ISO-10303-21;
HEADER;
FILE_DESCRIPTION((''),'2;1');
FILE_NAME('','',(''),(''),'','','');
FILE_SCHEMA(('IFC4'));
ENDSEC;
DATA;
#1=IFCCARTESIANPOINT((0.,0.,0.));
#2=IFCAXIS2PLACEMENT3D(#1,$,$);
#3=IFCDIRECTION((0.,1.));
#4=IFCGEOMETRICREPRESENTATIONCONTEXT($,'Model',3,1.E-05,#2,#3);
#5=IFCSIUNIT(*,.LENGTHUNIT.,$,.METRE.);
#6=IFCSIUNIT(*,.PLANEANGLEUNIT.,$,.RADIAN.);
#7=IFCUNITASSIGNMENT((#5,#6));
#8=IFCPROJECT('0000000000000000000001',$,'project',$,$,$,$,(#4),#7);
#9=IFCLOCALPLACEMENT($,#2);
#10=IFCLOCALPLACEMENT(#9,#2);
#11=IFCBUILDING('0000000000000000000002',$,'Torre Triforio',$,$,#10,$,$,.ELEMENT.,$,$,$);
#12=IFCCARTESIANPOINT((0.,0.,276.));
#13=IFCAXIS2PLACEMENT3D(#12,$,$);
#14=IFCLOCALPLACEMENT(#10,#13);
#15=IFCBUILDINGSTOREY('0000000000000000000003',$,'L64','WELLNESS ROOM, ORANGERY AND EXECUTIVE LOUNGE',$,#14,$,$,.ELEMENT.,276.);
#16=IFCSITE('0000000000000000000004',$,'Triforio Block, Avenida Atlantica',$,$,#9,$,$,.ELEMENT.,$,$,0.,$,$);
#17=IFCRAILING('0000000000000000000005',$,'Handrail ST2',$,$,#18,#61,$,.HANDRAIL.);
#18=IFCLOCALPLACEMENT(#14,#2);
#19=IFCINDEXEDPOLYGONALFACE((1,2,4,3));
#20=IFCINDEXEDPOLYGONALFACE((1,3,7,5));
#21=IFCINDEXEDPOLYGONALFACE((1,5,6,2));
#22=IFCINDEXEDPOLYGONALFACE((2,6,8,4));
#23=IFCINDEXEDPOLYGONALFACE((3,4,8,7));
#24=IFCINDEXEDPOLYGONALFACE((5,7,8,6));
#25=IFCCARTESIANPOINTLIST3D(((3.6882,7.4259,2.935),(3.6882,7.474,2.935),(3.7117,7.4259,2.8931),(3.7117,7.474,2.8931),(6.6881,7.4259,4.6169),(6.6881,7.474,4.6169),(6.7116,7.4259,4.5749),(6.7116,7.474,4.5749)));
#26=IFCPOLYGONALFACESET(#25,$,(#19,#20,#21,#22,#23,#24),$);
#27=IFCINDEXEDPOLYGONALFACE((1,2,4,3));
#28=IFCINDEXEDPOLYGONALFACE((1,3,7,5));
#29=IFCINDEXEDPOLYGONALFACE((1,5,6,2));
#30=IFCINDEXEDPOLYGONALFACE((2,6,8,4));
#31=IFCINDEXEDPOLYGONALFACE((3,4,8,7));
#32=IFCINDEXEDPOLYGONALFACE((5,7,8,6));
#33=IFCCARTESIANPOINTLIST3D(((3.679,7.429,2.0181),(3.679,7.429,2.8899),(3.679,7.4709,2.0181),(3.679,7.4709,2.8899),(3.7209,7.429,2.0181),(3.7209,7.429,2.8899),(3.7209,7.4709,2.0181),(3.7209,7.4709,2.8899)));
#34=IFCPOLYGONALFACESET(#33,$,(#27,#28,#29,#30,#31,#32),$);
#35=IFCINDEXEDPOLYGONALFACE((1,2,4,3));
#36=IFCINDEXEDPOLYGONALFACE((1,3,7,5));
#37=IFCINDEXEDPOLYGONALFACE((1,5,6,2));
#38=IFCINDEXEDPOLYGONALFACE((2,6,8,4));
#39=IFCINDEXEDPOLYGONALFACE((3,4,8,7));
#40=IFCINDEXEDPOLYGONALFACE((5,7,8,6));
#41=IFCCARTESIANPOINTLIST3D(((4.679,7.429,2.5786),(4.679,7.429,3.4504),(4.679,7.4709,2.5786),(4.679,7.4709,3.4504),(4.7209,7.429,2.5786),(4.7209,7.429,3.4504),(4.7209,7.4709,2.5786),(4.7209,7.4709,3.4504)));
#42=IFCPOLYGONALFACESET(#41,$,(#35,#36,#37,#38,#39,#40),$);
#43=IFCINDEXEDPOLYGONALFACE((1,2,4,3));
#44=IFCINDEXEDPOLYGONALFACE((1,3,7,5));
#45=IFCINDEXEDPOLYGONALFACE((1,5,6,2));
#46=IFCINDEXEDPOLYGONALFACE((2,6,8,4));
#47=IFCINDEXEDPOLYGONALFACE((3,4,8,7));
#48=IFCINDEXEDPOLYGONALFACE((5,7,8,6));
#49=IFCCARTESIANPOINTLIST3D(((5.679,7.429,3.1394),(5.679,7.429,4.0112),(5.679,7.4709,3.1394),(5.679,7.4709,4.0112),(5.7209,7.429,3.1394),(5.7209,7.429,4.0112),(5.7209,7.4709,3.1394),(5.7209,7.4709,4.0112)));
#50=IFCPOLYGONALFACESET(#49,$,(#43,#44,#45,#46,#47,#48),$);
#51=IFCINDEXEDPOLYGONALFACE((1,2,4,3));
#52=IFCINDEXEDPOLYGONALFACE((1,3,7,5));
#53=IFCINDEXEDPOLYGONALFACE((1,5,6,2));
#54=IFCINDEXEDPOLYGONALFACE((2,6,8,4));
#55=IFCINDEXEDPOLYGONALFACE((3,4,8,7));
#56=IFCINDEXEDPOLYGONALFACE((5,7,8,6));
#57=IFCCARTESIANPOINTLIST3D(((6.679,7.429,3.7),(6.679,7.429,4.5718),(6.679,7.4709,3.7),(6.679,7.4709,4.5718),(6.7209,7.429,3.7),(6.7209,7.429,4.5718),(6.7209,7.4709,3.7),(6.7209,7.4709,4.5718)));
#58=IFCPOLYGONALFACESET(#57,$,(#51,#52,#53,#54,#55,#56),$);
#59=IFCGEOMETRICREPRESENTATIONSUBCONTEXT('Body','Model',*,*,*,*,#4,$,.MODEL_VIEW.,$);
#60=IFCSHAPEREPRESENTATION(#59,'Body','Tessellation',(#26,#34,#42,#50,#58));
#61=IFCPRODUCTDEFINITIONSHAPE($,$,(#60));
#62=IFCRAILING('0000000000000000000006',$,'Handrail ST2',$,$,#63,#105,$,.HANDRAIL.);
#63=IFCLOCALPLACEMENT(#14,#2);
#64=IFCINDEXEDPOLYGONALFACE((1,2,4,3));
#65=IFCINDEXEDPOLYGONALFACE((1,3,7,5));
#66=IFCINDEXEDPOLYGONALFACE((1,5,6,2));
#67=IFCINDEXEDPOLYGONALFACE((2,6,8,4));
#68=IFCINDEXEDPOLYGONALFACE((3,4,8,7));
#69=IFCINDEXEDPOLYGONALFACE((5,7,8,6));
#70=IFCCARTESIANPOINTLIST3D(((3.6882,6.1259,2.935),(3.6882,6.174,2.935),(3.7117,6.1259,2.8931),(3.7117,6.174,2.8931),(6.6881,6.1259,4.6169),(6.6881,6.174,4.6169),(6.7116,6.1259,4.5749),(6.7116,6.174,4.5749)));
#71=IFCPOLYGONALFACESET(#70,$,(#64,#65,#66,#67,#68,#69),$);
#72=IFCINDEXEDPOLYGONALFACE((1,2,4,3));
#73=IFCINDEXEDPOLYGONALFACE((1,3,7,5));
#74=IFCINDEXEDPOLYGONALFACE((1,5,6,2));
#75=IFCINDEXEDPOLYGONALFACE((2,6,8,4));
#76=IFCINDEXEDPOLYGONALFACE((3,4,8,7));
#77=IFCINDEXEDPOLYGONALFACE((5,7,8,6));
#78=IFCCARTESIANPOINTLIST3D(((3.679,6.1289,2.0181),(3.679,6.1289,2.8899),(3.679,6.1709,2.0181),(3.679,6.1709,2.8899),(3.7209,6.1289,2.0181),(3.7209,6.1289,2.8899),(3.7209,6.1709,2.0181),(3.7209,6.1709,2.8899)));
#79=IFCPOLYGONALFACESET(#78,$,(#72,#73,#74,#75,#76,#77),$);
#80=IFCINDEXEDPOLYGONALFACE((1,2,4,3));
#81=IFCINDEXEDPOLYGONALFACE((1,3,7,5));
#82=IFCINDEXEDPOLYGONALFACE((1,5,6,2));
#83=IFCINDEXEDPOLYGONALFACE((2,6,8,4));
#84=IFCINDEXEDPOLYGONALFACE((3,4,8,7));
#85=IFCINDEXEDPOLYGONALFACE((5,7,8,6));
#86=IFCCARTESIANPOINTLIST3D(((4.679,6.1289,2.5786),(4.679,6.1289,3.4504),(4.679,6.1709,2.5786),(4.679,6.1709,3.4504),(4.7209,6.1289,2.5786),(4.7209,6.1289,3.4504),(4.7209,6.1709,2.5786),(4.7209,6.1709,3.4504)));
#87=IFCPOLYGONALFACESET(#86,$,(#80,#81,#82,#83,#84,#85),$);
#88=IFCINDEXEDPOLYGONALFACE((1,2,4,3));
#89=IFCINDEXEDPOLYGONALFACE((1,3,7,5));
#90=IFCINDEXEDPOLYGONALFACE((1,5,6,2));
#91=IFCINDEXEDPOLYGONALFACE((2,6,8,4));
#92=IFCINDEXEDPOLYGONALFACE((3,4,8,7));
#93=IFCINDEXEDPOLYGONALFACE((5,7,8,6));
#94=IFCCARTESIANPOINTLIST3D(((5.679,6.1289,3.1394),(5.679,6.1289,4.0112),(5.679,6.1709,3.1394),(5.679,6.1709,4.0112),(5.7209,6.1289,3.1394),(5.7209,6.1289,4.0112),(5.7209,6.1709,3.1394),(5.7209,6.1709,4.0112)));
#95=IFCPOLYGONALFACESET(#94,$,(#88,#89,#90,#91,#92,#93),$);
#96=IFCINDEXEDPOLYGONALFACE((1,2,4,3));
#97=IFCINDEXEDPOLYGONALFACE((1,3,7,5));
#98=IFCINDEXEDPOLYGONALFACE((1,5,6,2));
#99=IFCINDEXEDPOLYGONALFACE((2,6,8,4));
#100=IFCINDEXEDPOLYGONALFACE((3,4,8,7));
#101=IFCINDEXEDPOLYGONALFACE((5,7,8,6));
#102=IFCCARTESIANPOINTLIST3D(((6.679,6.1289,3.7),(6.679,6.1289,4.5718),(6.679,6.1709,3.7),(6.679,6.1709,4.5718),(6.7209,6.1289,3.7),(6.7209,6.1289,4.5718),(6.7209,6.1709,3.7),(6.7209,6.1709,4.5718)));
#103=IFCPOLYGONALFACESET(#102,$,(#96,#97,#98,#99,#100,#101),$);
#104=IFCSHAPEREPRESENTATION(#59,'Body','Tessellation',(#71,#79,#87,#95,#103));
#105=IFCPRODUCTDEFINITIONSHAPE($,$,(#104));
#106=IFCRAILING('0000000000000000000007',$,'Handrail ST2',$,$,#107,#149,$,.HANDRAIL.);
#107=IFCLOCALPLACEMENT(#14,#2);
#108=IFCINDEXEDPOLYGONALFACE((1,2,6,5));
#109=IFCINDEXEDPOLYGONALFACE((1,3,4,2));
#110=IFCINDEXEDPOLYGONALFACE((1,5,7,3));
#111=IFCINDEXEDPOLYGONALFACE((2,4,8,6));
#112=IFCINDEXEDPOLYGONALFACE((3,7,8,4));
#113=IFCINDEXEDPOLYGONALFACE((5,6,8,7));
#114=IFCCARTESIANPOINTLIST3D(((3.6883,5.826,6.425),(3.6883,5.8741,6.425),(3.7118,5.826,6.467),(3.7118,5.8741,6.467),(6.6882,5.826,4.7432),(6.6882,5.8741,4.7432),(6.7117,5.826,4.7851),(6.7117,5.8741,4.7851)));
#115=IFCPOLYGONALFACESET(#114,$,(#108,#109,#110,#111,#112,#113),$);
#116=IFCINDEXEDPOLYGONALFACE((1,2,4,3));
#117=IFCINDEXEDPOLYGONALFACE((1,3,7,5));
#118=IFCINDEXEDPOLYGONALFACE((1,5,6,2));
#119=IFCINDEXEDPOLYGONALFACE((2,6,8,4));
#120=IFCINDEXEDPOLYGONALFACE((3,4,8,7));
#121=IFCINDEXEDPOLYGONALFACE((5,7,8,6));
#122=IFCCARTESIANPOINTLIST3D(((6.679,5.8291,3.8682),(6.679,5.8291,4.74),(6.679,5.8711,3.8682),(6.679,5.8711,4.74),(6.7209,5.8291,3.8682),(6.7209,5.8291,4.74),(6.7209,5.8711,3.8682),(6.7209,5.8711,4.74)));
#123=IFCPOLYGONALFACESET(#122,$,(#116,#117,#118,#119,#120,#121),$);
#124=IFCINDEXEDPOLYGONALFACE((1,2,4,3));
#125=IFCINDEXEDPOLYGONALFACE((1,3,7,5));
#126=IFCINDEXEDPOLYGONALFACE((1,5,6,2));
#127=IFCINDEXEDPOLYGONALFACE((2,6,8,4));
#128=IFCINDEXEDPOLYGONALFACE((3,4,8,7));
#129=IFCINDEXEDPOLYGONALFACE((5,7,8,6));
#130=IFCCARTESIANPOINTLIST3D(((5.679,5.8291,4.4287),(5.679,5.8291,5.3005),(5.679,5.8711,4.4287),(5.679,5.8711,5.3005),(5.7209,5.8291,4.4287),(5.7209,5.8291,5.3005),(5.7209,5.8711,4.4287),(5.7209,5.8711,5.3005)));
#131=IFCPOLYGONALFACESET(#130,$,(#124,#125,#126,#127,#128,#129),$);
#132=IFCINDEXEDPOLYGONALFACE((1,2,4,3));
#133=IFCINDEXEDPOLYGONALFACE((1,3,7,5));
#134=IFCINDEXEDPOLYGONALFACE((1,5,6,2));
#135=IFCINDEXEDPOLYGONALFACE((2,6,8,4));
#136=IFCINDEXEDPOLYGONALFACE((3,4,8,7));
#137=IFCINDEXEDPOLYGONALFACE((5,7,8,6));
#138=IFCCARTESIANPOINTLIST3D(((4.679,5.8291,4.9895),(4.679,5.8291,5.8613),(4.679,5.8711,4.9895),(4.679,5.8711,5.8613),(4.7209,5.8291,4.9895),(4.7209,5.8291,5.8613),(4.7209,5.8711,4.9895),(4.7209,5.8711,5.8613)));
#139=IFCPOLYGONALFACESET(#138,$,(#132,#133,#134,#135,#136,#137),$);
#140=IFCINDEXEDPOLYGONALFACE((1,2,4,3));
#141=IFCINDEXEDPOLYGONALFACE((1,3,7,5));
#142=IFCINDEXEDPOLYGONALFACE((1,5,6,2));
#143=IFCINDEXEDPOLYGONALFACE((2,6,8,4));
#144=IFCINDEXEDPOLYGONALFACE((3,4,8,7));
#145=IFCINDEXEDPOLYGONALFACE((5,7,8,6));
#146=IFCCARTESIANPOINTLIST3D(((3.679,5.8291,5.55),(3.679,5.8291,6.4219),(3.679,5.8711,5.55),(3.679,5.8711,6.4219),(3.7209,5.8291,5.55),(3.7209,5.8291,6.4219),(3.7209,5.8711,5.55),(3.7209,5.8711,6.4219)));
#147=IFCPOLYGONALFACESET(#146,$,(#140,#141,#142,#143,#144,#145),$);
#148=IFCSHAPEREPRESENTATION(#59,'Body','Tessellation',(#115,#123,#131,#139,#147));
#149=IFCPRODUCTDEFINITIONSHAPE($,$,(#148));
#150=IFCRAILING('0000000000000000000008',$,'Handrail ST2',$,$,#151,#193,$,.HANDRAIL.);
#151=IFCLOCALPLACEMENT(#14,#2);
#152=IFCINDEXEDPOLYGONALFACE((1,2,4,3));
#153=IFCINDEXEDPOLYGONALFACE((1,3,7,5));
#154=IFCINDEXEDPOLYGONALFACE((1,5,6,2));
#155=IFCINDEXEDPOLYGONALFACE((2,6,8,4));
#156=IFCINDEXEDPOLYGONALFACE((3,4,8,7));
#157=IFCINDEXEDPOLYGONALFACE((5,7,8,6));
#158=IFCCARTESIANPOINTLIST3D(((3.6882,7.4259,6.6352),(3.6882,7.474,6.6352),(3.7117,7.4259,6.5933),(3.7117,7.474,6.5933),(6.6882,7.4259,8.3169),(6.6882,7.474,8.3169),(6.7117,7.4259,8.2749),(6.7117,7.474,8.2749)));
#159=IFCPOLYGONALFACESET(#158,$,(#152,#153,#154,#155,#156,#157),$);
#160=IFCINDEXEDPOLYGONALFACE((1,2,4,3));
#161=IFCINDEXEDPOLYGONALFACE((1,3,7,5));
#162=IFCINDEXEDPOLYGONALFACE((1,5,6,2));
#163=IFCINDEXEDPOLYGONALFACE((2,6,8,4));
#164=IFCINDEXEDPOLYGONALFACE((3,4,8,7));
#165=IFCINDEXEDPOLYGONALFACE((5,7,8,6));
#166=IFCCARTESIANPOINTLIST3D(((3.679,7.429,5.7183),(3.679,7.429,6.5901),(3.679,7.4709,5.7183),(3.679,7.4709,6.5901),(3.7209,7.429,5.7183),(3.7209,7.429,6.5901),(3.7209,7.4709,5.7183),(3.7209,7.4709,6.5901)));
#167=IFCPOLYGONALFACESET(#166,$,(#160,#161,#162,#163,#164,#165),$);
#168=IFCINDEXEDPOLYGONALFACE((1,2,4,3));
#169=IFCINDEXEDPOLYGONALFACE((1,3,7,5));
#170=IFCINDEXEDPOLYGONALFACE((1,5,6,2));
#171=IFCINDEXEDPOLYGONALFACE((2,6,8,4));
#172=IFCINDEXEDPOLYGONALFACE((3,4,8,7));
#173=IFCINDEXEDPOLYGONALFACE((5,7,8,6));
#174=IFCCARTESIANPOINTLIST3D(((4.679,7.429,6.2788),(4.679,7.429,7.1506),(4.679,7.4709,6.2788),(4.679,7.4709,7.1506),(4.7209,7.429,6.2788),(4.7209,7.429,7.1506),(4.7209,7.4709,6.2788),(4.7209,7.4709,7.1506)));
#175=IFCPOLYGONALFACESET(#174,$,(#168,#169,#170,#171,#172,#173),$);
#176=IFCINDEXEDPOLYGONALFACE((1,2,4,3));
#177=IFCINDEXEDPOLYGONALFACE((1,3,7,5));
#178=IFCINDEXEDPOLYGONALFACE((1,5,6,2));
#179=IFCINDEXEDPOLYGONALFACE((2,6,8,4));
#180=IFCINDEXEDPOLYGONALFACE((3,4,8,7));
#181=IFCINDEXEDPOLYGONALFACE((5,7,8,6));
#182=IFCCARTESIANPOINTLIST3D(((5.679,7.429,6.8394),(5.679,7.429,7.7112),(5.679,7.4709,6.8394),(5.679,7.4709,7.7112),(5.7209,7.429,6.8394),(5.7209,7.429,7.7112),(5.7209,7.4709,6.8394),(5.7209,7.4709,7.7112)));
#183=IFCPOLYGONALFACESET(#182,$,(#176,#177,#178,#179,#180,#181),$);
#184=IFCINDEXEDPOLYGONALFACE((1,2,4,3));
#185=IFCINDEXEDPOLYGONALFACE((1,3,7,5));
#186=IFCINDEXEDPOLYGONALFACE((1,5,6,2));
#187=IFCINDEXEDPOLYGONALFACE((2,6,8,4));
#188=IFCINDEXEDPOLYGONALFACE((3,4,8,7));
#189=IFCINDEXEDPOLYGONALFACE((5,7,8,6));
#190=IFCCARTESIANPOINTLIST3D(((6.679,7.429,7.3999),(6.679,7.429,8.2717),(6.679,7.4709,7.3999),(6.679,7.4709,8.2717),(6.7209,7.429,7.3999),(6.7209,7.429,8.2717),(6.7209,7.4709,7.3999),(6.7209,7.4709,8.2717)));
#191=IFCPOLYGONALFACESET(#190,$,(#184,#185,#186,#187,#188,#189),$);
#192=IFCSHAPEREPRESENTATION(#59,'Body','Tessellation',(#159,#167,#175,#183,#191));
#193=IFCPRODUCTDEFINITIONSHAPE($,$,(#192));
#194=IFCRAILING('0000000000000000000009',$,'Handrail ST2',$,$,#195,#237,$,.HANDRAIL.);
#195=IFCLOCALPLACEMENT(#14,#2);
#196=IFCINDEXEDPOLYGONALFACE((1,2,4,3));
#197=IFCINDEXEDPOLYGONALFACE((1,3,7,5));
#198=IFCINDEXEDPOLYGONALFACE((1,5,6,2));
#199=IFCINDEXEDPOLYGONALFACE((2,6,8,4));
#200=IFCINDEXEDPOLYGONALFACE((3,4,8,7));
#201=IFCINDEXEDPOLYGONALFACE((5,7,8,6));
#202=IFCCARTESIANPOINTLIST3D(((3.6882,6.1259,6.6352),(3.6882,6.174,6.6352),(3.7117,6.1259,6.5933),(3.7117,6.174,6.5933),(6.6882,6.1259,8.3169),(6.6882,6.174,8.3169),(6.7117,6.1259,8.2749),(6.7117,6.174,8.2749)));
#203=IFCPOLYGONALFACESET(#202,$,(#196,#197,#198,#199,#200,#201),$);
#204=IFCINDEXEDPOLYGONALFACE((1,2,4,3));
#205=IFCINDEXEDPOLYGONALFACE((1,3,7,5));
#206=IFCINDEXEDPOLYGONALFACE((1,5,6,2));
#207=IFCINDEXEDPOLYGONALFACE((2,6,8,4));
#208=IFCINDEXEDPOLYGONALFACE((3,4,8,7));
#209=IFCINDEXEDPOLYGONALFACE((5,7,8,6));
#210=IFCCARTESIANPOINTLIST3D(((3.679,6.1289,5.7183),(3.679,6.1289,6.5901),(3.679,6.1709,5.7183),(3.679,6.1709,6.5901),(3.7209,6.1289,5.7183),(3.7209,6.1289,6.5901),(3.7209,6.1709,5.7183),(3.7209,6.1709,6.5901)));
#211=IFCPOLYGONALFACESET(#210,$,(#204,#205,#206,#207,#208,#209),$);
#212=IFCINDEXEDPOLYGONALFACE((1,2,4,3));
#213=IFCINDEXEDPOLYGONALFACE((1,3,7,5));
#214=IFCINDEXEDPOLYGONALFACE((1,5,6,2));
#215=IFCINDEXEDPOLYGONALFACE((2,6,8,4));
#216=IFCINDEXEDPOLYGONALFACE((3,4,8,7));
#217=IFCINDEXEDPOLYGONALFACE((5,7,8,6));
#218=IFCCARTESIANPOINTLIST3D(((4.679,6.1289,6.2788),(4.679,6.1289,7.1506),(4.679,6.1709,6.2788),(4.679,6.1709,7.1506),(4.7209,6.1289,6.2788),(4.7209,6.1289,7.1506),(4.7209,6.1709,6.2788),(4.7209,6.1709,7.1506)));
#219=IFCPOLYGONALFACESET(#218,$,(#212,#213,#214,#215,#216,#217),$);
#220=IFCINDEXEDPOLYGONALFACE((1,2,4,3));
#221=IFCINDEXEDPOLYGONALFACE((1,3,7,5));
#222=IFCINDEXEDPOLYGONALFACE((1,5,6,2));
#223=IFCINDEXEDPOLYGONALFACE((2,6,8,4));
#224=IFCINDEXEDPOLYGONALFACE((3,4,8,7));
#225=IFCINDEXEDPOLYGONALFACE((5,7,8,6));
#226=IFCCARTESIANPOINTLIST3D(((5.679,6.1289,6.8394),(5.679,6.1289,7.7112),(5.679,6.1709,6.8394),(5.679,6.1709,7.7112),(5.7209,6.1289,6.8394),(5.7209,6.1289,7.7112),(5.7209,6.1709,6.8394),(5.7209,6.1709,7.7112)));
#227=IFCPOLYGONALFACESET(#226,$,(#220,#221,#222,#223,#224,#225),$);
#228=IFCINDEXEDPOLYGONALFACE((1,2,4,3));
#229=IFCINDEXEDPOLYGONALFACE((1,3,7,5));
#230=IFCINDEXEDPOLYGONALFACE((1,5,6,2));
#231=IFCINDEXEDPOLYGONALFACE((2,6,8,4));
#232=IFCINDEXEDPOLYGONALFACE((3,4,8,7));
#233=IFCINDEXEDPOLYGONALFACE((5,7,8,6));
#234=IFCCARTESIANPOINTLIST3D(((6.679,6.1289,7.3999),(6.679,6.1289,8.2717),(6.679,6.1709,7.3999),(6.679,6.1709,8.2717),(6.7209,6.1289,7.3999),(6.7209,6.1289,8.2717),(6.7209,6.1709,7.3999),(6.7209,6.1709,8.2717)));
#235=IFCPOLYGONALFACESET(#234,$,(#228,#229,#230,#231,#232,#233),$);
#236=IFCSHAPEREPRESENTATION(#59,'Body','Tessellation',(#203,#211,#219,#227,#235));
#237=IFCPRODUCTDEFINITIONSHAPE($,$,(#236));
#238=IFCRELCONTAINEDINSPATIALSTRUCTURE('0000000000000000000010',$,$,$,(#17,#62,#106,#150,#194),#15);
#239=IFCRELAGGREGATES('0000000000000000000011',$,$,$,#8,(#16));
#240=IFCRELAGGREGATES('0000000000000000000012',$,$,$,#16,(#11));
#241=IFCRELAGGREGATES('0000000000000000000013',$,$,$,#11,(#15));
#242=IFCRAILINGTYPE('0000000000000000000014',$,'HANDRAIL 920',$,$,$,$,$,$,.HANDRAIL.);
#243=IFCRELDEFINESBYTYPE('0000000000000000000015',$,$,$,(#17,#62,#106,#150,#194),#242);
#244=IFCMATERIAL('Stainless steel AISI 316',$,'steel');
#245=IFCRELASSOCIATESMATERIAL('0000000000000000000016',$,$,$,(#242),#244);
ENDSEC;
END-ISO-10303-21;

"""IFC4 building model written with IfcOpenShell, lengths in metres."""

from ifc_helpers import new_model, si_unit, direction, frame, origin, origin_2d, place, context, subcontext, project, spatial, rectangle, extrude, material, type_object, element, save


model = new_model("IFC4")

# Units and contexts
model_context = context("Model", 3, precision=1e-05, world=origin(), true_north=direction((0.0, 1.0)))
body_context = subcontext(model_context, "Body", "Model", "MODEL_VIEW")
ifc_project = project(units=[si_unit("LENGTHUNIT", "METRE"), si_unit("PLANEANGLEUNIT", "RADIAN")], contexts=[model_context])

# Site, building, storey
site_placement = place(None, origin())
site = spatial("IfcSite", under=ifc_project, at=site_placement, Name="Triforio Block, Avenida Atlantica", CompositionType="ELEMENT", RefElevation=0.0)
building_placement = place(site_placement, origin())
building = spatial("IfcBuilding", under=site, at=building_placement, Name="Torre Triforio", CompositionType="ELEMENT")
storey_placement = place(building_placement, frame((0.0, 0.0, 276.0)))
storey = spatial("IfcBuildingStorey", under=building, at=storey_placement, Name="L64", Description="WELLNESS ROOM, ORANGERY AND EXECUTIVE LOUNGE", CompositionType="ELEMENT", Elevation=276.0)

# Railings
ifc_material_1 = material(Name="Stainless steel AISI 316", Category="steel")
railing_type = type_object("IfcRailingType", Name="HANDRAIL 920", PredefinedType="HANDRAIL", material=ifc_material_1)
for number, where, name in (
    (1, (3.7, 7.45, 2.0181), "Handrail ST2"),
    (2, (3.7, 6.1499, 2.0181), "Handrail ST2"),
):
    element("IfcRailing", number, at=place(storey_placement, frame(where)), inside=storey, type_object=railing_type, Name=name, PredefinedType="HANDRAIL", context=body_context, shape_type="SweptSolid", body=[
        extrude(rectangle(XDim=0.0481, YDim=0.0481, at=origin_2d()), frame((0.0, 0.0, 0.896), z_axis=(0.872272, 0.0, 0.48902), x_axis=(0.0, 1.0, 0.0)), (0.0, 0.0, 1.0), 3.4392),
        extrude(rectangle(XDim=0.042, YDim=0.042, at=origin_2d()), origin(), (0.0, 0.0, 1.0), 0.8718),
        extrude(rectangle(XDim=0.042, YDim=0.042, at=origin_2d()), frame((1.0, 0.0, 0.5605)), (0.0, 0.0, 1.0), 0.8718),
        extrude(rectangle(XDim=0.042, YDim=0.042, at=origin_2d()), frame((2.0, 0.0, 1.1213)), (0.0, 0.0, 1.0), 0.8718),
        extrude(rectangle(XDim=0.042, YDim=0.042, at=origin_2d()), frame((3.0, 0.0, 1.6819)), (0.0, 0.0, 1.0), 0.8718),
    ])
railing_placement = place(storey_placement, frame((6.7, 5.8501, 3.8682)))
element("IfcRailing", 3, at=railing_placement, inside=storey, type_object=railing_type, Name="Handrail ST2", PredefinedType="HANDRAIL", context=body_context, shape_type="SweptSolid", body=[
    extrude(rectangle(XDim=0.0481, YDim=0.0481, at=origin_2d()), frame((0.0, 0.0, 0.896), z_axis=(-0.872272, 0.0, 0.48902), x_axis=(0.0, -1.0, 0.0)), (0.0, 0.0, 1.0), 3.4392),
    extrude(rectangle(XDim=0.042, YDim=0.042, at=origin_2d()), origin(), (0.0, 0.0, 1.0), 0.8718),
    extrude(rectangle(XDim=0.042, YDim=0.042, at=origin_2d()), frame((-1.0, 0.0, 0.5605)), (0.0, 0.0, 1.0), 0.8718),
    extrude(rectangle(XDim=0.042, YDim=0.042, at=origin_2d()), frame((-2.0, 0.0, 1.1213)), (0.0, 0.0, 1.0), 0.8718),
    extrude(rectangle(XDim=0.042, YDim=0.042, at=origin_2d()), frame((-3.0, 0.0, 1.6819)), (0.0, 0.0, 1.0), 0.8718),
])
for number, where, name in (
    (4, (3.7, 7.45, 5.7183), "Handrail ST2"),
    (5, (3.7, 6.1499, 5.7183), "Handrail ST2"),
):
    element("IfcRailing", number, at=place(storey_placement, frame(where)), inside=storey, type_object=railing_type, Name=name, PredefinedType="HANDRAIL", context=body_context, shape_type="SweptSolid", body=[
        extrude(rectangle(XDim=0.0481, YDim=0.0481, at=origin_2d()), frame((0.0, 0.0, 0.896), z_axis=(0.872303, 0.0, 0.488966), x_axis=(0.0, 1.0, 0.0)), (0.0, 0.0, 1.0), 3.4392),
        extrude(rectangle(XDim=0.042, YDim=0.042, at=origin_2d()), origin(), (0.0, 0.0, 1.0), 0.8718),
        extrude(rectangle(XDim=0.042, YDim=0.042, at=origin_2d()), frame((1.0, 0.0, 0.5605)), (0.0, 0.0, 1.0), 0.8718),
        extrude(rectangle(XDim=0.042, YDim=0.042, at=origin_2d()), frame((2.0, 0.0, 1.1211)), (0.0, 0.0, 1.0), 0.8718),
        extrude(rectangle(XDim=0.042, YDim=0.042, at=origin_2d()), frame((3.0, 0.0, 1.6816)), (0.0, 0.0, 1.0), 0.8718),
    ])

save(model, "model.ifc")
